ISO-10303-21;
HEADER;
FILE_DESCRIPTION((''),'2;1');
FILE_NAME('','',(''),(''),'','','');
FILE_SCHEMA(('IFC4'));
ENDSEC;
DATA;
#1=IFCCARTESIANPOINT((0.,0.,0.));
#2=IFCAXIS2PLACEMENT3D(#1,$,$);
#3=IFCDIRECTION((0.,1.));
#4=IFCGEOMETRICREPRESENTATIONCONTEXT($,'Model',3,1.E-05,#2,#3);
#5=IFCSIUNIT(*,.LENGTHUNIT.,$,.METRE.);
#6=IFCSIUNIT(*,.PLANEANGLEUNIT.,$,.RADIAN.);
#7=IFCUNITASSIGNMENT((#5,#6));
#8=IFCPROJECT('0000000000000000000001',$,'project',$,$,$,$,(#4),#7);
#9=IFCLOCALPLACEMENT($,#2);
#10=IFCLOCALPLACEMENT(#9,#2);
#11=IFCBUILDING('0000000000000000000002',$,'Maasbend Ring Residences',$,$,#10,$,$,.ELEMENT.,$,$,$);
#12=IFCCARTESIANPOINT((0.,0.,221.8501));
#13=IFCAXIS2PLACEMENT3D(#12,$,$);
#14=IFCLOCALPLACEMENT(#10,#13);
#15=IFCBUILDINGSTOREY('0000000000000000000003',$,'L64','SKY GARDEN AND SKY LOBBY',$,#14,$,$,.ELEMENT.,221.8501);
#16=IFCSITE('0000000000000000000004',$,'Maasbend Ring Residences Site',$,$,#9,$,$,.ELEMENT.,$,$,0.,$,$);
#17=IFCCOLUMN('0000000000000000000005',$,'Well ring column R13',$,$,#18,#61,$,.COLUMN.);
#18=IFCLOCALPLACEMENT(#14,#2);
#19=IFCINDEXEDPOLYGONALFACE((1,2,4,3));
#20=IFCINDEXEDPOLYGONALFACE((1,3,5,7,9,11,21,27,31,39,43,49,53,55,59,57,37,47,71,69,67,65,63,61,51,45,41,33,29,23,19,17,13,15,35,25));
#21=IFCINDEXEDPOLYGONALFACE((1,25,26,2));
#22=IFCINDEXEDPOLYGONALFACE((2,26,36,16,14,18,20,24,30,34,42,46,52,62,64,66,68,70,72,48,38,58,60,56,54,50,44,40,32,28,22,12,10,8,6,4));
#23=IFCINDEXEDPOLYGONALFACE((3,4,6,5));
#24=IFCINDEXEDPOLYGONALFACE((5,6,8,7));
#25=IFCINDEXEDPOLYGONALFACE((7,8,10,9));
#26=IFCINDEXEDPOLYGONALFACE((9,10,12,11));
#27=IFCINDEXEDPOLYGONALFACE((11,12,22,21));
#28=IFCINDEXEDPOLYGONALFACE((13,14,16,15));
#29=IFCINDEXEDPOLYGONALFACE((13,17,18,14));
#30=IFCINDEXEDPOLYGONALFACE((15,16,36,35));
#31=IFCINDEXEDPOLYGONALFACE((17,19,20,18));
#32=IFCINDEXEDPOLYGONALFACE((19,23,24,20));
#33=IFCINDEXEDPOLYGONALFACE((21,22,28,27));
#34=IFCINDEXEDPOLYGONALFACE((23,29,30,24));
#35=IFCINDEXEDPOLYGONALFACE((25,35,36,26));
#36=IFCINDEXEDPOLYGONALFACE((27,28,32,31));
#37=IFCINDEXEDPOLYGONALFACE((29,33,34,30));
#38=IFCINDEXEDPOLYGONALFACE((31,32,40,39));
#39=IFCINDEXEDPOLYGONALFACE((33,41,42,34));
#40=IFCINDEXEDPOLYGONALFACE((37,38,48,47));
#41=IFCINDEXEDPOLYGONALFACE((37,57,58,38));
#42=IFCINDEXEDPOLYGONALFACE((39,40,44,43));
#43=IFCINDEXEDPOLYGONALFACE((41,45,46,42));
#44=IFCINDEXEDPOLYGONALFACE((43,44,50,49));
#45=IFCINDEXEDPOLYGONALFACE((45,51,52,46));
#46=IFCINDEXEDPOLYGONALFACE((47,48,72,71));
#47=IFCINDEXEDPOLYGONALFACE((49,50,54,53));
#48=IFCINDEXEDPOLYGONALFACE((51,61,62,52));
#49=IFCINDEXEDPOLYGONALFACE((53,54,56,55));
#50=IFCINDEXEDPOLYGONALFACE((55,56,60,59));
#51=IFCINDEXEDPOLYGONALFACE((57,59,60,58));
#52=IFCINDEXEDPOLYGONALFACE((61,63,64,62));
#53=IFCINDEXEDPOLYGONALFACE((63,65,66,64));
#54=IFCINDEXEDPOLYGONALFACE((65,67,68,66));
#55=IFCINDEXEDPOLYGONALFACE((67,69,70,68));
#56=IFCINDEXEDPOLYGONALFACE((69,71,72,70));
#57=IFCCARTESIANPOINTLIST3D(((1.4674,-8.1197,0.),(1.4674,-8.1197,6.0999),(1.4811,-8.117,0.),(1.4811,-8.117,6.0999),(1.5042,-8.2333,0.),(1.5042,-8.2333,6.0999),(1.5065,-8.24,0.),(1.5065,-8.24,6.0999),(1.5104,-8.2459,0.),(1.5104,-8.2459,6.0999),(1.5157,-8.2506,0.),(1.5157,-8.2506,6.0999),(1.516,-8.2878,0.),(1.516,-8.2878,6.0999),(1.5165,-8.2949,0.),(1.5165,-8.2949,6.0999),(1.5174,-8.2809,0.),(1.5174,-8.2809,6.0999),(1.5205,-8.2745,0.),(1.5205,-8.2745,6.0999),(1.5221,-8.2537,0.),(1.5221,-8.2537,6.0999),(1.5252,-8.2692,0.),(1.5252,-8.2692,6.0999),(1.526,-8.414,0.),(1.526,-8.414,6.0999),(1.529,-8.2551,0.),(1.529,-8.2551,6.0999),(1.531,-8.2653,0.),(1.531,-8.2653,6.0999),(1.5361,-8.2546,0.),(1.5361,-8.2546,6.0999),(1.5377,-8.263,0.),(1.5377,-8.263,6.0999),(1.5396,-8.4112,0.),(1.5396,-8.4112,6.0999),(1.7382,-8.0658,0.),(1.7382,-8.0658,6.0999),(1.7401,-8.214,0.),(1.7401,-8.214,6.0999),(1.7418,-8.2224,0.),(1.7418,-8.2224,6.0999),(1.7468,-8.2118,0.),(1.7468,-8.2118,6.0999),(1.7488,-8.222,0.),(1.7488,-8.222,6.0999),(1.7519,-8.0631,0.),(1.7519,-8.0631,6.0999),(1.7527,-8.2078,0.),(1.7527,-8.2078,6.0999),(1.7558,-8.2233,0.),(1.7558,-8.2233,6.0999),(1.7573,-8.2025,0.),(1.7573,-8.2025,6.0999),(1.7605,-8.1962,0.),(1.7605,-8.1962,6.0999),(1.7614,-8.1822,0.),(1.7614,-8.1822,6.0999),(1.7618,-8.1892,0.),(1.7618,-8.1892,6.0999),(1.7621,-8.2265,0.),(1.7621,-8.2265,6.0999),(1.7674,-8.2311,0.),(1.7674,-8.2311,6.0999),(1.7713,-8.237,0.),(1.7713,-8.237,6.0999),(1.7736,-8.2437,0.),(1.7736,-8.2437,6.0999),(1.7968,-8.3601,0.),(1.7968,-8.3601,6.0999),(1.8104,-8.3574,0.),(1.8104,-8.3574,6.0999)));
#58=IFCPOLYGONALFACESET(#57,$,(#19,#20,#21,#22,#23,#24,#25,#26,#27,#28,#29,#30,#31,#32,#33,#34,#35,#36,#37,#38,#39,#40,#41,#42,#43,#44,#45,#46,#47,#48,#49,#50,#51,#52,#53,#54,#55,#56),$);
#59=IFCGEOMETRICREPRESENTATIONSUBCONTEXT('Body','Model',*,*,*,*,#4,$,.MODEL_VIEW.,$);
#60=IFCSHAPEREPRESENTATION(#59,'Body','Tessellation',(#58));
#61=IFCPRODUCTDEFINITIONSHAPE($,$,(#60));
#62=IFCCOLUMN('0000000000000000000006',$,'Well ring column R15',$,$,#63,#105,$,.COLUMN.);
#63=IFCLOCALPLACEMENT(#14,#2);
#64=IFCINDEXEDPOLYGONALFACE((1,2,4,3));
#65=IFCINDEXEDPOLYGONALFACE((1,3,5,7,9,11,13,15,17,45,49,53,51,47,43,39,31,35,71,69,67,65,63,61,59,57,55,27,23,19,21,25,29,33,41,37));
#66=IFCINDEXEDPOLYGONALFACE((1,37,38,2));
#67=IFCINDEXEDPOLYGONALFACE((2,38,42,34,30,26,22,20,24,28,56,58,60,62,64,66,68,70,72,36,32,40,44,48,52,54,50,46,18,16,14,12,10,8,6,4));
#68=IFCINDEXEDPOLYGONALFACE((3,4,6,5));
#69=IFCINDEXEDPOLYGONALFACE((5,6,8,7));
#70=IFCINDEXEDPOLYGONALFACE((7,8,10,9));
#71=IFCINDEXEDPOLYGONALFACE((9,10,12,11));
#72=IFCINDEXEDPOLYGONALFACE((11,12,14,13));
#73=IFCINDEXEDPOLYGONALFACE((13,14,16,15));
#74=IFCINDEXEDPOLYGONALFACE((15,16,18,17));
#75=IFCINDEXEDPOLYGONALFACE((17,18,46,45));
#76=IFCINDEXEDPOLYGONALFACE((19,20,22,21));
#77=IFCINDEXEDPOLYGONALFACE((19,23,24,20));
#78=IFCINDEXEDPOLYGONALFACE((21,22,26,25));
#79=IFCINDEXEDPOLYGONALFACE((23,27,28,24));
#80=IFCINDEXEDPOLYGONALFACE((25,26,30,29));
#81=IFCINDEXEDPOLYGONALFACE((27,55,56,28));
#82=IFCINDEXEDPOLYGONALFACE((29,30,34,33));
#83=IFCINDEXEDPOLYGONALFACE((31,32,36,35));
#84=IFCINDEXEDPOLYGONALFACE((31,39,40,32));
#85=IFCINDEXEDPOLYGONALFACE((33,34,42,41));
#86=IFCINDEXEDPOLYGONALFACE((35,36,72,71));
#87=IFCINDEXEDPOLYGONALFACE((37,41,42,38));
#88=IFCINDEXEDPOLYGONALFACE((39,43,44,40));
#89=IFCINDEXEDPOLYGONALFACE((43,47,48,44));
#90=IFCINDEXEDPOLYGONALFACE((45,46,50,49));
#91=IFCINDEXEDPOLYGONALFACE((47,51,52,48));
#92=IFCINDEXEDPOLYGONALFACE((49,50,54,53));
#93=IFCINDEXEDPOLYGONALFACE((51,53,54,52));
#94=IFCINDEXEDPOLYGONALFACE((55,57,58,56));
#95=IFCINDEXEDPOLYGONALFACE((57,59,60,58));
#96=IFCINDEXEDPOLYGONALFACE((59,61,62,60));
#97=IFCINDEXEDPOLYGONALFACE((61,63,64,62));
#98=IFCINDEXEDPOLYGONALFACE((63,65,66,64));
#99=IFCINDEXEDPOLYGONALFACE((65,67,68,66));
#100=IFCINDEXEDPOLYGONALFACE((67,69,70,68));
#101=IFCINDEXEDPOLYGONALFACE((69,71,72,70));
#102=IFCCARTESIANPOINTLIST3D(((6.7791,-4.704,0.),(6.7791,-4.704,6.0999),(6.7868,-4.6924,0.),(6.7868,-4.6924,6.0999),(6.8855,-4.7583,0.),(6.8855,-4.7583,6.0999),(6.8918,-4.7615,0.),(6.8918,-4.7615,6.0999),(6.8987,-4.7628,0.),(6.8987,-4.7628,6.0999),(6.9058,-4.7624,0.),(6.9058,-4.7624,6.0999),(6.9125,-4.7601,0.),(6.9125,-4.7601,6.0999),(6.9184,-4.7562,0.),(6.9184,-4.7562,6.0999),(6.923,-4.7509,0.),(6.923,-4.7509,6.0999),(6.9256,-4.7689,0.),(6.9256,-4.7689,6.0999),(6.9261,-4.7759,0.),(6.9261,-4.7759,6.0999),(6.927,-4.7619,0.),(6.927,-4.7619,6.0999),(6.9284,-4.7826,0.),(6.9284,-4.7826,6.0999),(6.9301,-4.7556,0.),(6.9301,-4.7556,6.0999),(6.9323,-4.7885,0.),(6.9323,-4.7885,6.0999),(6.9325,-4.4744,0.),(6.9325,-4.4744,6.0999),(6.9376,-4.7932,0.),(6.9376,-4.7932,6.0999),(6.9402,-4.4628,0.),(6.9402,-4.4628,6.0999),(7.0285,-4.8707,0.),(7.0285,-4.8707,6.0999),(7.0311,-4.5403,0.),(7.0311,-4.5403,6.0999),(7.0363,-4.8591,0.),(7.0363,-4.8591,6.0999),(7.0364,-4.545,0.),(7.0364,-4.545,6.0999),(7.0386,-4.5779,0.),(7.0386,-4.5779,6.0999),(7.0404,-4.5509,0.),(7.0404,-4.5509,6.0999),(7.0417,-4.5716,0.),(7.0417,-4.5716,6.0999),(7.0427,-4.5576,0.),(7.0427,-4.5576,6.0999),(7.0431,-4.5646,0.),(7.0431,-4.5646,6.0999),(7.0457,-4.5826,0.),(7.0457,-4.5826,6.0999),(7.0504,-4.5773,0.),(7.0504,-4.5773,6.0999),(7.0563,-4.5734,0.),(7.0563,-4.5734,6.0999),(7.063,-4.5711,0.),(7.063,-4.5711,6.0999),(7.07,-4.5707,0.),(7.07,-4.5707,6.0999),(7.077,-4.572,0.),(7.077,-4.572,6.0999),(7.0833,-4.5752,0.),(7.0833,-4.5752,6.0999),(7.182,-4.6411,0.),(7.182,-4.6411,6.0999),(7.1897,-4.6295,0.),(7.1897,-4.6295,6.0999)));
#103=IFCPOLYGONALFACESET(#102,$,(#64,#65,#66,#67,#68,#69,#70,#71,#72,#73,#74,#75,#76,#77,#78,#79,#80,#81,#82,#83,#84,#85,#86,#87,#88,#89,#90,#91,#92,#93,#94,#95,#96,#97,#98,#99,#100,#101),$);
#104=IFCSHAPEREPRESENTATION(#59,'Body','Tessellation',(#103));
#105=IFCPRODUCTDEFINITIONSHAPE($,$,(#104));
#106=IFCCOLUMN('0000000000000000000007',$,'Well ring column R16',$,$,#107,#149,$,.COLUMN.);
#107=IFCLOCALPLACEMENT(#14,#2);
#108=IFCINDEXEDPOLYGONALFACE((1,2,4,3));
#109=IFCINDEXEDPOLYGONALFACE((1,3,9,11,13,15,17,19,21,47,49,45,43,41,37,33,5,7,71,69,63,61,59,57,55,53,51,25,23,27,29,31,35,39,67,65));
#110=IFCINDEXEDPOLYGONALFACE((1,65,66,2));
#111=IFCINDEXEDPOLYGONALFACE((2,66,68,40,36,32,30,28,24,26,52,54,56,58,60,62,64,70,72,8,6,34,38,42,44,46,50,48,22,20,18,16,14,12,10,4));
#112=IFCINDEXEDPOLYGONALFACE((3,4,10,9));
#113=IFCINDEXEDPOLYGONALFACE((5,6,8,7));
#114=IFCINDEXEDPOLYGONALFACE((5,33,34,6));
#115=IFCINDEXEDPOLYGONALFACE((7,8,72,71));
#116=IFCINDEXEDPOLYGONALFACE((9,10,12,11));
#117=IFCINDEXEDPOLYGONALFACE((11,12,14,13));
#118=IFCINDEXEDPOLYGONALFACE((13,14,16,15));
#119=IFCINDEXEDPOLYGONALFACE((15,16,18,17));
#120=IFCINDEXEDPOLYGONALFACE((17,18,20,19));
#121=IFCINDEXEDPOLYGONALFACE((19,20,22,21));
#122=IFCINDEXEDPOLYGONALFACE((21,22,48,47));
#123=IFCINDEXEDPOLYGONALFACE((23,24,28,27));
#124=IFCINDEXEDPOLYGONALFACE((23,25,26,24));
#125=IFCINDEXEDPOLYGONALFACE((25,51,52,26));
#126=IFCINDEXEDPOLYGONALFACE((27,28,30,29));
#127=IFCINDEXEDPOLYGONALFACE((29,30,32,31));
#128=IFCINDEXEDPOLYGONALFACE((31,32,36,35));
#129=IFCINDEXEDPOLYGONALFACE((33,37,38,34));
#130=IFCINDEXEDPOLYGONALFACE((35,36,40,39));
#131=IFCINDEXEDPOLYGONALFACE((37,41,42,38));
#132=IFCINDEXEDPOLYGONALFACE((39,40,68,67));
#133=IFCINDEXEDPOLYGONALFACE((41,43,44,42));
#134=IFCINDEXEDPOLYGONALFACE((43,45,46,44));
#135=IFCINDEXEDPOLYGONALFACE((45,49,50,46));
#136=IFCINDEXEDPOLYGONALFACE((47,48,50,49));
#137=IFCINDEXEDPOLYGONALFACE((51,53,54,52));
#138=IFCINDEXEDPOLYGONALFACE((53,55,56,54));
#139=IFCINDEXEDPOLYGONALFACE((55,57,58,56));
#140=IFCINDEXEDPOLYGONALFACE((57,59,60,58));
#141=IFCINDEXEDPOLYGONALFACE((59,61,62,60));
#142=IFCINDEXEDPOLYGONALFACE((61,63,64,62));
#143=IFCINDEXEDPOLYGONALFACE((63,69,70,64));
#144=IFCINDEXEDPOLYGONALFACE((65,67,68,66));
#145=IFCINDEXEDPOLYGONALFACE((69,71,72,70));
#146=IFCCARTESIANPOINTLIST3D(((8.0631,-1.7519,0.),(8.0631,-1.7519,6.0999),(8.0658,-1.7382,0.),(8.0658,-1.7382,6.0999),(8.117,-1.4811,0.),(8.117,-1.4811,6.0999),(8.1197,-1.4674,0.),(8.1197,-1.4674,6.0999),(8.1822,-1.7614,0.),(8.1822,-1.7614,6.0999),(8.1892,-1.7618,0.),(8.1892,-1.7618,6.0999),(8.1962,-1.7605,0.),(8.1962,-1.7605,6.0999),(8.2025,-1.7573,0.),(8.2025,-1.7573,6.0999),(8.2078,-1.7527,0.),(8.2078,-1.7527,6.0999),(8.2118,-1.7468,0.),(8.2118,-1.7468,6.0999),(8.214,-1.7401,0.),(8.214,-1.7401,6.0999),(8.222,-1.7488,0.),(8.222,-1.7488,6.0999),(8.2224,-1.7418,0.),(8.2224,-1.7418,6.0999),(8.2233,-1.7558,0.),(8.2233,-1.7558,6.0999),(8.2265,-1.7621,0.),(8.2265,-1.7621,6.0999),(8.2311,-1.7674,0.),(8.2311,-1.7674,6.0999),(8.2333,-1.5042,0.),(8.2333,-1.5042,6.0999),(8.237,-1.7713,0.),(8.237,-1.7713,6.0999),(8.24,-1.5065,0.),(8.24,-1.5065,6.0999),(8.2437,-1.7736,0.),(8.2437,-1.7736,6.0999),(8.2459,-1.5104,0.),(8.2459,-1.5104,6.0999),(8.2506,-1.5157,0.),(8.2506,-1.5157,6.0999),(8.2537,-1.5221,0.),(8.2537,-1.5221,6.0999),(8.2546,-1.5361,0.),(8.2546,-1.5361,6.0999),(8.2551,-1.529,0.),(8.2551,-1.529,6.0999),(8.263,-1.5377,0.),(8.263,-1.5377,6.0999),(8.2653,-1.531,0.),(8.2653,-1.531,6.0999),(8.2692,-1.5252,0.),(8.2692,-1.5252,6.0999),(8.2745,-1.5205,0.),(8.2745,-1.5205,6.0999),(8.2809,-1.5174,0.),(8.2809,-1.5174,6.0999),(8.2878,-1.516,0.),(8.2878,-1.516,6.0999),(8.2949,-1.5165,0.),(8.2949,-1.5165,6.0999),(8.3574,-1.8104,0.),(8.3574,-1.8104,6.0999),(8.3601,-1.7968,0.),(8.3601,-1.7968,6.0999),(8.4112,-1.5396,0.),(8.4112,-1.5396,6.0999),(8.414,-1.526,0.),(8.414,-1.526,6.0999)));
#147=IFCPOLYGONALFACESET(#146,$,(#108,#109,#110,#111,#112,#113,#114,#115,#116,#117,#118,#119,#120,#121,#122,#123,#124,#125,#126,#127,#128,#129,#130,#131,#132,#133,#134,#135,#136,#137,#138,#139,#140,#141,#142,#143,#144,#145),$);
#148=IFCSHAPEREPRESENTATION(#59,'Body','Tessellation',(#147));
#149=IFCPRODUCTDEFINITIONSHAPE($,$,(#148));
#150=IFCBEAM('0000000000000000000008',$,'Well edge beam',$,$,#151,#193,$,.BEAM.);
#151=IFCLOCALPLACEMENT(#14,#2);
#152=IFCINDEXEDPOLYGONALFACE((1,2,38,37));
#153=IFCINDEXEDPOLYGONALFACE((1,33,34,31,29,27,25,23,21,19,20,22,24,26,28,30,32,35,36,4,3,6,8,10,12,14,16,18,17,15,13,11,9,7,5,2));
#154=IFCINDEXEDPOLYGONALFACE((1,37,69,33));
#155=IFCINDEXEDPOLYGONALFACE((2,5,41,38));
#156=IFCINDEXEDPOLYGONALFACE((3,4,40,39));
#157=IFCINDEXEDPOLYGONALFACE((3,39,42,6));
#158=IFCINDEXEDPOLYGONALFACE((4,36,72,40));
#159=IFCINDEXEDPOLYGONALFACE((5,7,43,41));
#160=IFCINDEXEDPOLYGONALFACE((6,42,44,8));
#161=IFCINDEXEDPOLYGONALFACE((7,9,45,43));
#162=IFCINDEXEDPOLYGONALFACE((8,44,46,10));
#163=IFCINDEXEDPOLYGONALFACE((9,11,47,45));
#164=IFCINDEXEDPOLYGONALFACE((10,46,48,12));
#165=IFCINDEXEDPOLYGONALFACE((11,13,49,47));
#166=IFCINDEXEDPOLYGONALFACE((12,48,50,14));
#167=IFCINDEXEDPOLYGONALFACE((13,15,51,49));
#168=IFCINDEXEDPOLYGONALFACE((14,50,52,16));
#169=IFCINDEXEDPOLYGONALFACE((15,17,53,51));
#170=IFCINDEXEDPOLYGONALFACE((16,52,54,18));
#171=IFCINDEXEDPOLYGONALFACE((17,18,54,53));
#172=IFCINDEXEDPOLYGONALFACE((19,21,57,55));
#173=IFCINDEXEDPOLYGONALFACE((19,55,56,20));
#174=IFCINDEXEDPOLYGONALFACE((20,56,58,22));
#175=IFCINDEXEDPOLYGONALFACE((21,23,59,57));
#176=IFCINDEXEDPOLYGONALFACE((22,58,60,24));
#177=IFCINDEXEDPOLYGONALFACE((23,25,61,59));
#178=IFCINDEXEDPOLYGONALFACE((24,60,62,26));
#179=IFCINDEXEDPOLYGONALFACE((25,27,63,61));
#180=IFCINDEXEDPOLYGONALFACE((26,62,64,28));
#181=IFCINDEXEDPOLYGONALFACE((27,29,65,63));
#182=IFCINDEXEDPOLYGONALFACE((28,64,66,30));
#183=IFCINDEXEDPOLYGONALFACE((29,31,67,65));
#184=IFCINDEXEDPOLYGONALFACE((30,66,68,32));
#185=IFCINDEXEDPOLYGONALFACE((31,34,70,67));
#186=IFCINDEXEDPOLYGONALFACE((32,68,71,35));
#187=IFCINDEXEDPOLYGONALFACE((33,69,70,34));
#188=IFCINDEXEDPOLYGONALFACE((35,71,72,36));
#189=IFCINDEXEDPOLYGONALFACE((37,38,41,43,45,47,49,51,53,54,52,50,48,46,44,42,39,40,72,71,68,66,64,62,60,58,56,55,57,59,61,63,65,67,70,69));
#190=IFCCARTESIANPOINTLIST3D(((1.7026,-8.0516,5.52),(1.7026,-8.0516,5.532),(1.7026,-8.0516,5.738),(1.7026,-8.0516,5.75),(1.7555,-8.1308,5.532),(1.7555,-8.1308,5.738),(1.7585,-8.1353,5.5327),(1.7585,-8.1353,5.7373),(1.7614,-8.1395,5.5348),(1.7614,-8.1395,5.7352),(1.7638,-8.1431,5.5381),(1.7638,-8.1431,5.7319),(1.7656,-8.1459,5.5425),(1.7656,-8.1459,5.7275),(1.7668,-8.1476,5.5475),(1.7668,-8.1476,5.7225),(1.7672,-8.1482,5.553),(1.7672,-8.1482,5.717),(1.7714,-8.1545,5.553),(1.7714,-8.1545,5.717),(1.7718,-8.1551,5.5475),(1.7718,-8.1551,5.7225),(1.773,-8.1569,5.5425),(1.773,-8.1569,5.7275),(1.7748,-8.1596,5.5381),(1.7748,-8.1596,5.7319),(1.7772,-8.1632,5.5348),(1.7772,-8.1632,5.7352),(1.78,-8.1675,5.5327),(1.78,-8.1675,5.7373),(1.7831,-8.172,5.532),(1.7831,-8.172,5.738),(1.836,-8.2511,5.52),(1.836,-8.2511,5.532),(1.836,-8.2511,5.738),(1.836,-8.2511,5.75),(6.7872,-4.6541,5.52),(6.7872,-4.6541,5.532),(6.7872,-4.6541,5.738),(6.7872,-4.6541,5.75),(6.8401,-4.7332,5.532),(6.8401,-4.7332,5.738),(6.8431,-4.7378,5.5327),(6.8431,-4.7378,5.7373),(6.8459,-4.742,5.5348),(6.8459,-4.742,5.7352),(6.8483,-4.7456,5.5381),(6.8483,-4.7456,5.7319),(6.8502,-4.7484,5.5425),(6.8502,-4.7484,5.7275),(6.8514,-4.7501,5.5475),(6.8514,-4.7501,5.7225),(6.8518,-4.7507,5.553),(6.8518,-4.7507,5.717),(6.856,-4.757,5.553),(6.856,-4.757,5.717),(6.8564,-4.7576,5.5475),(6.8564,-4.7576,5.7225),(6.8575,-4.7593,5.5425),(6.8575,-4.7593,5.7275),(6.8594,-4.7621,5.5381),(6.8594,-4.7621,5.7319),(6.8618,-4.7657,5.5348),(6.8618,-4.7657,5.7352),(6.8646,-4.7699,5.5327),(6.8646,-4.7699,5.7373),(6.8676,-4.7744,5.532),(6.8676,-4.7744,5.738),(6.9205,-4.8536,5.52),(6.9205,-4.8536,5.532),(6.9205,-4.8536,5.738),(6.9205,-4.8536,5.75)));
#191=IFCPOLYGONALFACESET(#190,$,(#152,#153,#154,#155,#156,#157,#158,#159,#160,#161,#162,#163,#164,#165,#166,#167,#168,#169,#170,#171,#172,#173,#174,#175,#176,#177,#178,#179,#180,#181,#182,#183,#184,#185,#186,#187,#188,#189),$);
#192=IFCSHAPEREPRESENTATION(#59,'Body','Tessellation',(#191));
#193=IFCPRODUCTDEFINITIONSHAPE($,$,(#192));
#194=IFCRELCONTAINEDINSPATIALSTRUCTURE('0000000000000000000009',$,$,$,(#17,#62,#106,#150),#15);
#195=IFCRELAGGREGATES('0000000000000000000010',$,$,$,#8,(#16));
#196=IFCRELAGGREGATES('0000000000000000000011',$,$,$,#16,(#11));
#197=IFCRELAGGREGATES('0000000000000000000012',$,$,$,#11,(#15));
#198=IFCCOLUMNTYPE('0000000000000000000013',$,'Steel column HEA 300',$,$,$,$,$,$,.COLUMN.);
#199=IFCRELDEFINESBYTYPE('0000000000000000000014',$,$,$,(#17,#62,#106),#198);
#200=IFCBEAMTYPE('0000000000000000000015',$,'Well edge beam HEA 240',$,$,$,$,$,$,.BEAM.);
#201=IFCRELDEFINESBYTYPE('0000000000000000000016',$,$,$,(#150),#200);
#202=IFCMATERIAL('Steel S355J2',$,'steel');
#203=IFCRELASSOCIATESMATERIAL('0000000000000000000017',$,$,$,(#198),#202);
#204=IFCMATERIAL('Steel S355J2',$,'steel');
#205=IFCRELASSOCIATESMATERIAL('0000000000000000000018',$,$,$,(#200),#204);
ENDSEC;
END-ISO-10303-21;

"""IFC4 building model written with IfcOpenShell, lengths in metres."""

from ifc_helpers import new_model, si_unit, direction, frame, origin, origin_2d, place, context, subcontext, project, spatial, i_section, extrude, material, material_profile, profile_set, type_object, element, save


model = new_model("IFC4")

# Units and contexts
model_context = context("Model", 3, precision=1e-05, world=origin(), true_north=direction((0.0, 1.0)))
body_context = subcontext(model_context, "Body", "Model", "MODEL_VIEW")
ifc_project = project(units=[si_unit("LENGTHUNIT", "METRE"), si_unit("PLANEANGLEUNIT", "RADIAN")], contexts=[model_context])

# Site, building, storey
site_placement = place(None, origin())
site = spatial("IfcSite", under=ifc_project, at=site_placement, Name="Maasbend Ring Residences Site", CompositionType="ELEMENT", RefElevation=0.0)
building_placement = place(site_placement, origin())
building = spatial("IfcBuilding", under=site, at=building_placement, Name="Maasbend Ring Residences", CompositionType="ELEMENT")
storey_placement = place(building_placement, frame((0.0, 0.0, 221.8501)))
storey = spatial("IfcBuildingStorey", under=building, at=storey_placement, Name="L64", Description="SKY GARDEN AND SKY LOBBY", CompositionType="ELEMENT", Elevation=221.8501)

# Columns
ifc_material_1 = material(Name="Steel S355J2", Category="steel")
ifc_material_profile_1 = material_profile(ifc_material_1, i_section(OverallWidth=0.3, OverallDepth=0.29, WebThickness=0.0085, FlangeThickness=0.0139, FilletRadius=0.0271, at=origin_2d()), Name="HEA 300")
ifc_profile_set_1 = profile_set([ifc_material_profile_1], Name="Steel S355J2")
column_type = type_object("IfcColumnType", Name="Steel column HEA 300", PredefinedType="COLUMN", material=ifc_profile_set_1)
for number, where, z_axis, x_axis, name in (
    (1, (1.6389, -8.2385, 0.0), (0.0, 0.0, 1.0), (0.19509, -0.980785, 0.0), "Well ring column R13"),
    (2, (6.9844, -4.6667, 0.0), (0.0, 0.0, 1.0), (0.83147, -0.55557, 0.0), "Well ring column R15"),
    (3, (8.2385, -1.6389, 0.0), (0.0, 0.0, 1.0), (0.980785, -0.19509, 0.0), "Well ring column R16"),
):
    element("IfcColumn", number, at=place(storey_placement, frame(where, z_axis=z_axis, x_axis=x_axis)), inside=storey, type_object=column_type, Name=name, PredefinedType="COLUMN", context=body_context, shape_type="SweptSolid", body=[
        extrude(i_section(OverallWidth=0.3, OverallDepth=0.29, WebThickness=0.0085, FlangeThickness=0.0139, FilletRadius=0.0271, at=origin_2d()), origin(), (0.0, 0.0, 1.0), 6.0999),
    ])

# Beam
ifc_material_2 = material(Name="Steel S355J2", Category="steel")
ifc_material_profile_2 = material_profile(ifc_material_2, i_section(OverallWidth=0.24, OverallDepth=0.23, WebThickness=0.0076, FlangeThickness=0.012, FilletRadius=0.021, at=origin_2d()), Name="HEA 240")
ifc_profile_set_2 = profile_set([ifc_material_profile_2], Name="Steel S355J2")
beam_type = type_object("IfcBeamType", Name="Well edge beam HEA 240", PredefinedType="BEAM", material=ifc_profile_set_2)
beam_1_placement = place(storey_placement, frame((1.7693, -8.1514, 5.635), z_axis=(0.83146, 0.555584, 0.0), x_axis=(-0.555584, 0.83146, 0.0)))
element("IfcBeam", 4, at=beam_1_placement, inside=storey, type_object=beam_type, Name="Well edge beam", PredefinedType="BEAM", context=body_context, shape_type="SweptSolid", body=[
    extrude(i_section(OverallWidth=0.24, OverallDepth=0.23, WebThickness=0.0076, FlangeThickness=0.012, FilletRadius=0.021, at=origin_2d()), origin(), (0.0, 0.0, 1.0), 6.1152),
])

save(model, "model.ifc")
